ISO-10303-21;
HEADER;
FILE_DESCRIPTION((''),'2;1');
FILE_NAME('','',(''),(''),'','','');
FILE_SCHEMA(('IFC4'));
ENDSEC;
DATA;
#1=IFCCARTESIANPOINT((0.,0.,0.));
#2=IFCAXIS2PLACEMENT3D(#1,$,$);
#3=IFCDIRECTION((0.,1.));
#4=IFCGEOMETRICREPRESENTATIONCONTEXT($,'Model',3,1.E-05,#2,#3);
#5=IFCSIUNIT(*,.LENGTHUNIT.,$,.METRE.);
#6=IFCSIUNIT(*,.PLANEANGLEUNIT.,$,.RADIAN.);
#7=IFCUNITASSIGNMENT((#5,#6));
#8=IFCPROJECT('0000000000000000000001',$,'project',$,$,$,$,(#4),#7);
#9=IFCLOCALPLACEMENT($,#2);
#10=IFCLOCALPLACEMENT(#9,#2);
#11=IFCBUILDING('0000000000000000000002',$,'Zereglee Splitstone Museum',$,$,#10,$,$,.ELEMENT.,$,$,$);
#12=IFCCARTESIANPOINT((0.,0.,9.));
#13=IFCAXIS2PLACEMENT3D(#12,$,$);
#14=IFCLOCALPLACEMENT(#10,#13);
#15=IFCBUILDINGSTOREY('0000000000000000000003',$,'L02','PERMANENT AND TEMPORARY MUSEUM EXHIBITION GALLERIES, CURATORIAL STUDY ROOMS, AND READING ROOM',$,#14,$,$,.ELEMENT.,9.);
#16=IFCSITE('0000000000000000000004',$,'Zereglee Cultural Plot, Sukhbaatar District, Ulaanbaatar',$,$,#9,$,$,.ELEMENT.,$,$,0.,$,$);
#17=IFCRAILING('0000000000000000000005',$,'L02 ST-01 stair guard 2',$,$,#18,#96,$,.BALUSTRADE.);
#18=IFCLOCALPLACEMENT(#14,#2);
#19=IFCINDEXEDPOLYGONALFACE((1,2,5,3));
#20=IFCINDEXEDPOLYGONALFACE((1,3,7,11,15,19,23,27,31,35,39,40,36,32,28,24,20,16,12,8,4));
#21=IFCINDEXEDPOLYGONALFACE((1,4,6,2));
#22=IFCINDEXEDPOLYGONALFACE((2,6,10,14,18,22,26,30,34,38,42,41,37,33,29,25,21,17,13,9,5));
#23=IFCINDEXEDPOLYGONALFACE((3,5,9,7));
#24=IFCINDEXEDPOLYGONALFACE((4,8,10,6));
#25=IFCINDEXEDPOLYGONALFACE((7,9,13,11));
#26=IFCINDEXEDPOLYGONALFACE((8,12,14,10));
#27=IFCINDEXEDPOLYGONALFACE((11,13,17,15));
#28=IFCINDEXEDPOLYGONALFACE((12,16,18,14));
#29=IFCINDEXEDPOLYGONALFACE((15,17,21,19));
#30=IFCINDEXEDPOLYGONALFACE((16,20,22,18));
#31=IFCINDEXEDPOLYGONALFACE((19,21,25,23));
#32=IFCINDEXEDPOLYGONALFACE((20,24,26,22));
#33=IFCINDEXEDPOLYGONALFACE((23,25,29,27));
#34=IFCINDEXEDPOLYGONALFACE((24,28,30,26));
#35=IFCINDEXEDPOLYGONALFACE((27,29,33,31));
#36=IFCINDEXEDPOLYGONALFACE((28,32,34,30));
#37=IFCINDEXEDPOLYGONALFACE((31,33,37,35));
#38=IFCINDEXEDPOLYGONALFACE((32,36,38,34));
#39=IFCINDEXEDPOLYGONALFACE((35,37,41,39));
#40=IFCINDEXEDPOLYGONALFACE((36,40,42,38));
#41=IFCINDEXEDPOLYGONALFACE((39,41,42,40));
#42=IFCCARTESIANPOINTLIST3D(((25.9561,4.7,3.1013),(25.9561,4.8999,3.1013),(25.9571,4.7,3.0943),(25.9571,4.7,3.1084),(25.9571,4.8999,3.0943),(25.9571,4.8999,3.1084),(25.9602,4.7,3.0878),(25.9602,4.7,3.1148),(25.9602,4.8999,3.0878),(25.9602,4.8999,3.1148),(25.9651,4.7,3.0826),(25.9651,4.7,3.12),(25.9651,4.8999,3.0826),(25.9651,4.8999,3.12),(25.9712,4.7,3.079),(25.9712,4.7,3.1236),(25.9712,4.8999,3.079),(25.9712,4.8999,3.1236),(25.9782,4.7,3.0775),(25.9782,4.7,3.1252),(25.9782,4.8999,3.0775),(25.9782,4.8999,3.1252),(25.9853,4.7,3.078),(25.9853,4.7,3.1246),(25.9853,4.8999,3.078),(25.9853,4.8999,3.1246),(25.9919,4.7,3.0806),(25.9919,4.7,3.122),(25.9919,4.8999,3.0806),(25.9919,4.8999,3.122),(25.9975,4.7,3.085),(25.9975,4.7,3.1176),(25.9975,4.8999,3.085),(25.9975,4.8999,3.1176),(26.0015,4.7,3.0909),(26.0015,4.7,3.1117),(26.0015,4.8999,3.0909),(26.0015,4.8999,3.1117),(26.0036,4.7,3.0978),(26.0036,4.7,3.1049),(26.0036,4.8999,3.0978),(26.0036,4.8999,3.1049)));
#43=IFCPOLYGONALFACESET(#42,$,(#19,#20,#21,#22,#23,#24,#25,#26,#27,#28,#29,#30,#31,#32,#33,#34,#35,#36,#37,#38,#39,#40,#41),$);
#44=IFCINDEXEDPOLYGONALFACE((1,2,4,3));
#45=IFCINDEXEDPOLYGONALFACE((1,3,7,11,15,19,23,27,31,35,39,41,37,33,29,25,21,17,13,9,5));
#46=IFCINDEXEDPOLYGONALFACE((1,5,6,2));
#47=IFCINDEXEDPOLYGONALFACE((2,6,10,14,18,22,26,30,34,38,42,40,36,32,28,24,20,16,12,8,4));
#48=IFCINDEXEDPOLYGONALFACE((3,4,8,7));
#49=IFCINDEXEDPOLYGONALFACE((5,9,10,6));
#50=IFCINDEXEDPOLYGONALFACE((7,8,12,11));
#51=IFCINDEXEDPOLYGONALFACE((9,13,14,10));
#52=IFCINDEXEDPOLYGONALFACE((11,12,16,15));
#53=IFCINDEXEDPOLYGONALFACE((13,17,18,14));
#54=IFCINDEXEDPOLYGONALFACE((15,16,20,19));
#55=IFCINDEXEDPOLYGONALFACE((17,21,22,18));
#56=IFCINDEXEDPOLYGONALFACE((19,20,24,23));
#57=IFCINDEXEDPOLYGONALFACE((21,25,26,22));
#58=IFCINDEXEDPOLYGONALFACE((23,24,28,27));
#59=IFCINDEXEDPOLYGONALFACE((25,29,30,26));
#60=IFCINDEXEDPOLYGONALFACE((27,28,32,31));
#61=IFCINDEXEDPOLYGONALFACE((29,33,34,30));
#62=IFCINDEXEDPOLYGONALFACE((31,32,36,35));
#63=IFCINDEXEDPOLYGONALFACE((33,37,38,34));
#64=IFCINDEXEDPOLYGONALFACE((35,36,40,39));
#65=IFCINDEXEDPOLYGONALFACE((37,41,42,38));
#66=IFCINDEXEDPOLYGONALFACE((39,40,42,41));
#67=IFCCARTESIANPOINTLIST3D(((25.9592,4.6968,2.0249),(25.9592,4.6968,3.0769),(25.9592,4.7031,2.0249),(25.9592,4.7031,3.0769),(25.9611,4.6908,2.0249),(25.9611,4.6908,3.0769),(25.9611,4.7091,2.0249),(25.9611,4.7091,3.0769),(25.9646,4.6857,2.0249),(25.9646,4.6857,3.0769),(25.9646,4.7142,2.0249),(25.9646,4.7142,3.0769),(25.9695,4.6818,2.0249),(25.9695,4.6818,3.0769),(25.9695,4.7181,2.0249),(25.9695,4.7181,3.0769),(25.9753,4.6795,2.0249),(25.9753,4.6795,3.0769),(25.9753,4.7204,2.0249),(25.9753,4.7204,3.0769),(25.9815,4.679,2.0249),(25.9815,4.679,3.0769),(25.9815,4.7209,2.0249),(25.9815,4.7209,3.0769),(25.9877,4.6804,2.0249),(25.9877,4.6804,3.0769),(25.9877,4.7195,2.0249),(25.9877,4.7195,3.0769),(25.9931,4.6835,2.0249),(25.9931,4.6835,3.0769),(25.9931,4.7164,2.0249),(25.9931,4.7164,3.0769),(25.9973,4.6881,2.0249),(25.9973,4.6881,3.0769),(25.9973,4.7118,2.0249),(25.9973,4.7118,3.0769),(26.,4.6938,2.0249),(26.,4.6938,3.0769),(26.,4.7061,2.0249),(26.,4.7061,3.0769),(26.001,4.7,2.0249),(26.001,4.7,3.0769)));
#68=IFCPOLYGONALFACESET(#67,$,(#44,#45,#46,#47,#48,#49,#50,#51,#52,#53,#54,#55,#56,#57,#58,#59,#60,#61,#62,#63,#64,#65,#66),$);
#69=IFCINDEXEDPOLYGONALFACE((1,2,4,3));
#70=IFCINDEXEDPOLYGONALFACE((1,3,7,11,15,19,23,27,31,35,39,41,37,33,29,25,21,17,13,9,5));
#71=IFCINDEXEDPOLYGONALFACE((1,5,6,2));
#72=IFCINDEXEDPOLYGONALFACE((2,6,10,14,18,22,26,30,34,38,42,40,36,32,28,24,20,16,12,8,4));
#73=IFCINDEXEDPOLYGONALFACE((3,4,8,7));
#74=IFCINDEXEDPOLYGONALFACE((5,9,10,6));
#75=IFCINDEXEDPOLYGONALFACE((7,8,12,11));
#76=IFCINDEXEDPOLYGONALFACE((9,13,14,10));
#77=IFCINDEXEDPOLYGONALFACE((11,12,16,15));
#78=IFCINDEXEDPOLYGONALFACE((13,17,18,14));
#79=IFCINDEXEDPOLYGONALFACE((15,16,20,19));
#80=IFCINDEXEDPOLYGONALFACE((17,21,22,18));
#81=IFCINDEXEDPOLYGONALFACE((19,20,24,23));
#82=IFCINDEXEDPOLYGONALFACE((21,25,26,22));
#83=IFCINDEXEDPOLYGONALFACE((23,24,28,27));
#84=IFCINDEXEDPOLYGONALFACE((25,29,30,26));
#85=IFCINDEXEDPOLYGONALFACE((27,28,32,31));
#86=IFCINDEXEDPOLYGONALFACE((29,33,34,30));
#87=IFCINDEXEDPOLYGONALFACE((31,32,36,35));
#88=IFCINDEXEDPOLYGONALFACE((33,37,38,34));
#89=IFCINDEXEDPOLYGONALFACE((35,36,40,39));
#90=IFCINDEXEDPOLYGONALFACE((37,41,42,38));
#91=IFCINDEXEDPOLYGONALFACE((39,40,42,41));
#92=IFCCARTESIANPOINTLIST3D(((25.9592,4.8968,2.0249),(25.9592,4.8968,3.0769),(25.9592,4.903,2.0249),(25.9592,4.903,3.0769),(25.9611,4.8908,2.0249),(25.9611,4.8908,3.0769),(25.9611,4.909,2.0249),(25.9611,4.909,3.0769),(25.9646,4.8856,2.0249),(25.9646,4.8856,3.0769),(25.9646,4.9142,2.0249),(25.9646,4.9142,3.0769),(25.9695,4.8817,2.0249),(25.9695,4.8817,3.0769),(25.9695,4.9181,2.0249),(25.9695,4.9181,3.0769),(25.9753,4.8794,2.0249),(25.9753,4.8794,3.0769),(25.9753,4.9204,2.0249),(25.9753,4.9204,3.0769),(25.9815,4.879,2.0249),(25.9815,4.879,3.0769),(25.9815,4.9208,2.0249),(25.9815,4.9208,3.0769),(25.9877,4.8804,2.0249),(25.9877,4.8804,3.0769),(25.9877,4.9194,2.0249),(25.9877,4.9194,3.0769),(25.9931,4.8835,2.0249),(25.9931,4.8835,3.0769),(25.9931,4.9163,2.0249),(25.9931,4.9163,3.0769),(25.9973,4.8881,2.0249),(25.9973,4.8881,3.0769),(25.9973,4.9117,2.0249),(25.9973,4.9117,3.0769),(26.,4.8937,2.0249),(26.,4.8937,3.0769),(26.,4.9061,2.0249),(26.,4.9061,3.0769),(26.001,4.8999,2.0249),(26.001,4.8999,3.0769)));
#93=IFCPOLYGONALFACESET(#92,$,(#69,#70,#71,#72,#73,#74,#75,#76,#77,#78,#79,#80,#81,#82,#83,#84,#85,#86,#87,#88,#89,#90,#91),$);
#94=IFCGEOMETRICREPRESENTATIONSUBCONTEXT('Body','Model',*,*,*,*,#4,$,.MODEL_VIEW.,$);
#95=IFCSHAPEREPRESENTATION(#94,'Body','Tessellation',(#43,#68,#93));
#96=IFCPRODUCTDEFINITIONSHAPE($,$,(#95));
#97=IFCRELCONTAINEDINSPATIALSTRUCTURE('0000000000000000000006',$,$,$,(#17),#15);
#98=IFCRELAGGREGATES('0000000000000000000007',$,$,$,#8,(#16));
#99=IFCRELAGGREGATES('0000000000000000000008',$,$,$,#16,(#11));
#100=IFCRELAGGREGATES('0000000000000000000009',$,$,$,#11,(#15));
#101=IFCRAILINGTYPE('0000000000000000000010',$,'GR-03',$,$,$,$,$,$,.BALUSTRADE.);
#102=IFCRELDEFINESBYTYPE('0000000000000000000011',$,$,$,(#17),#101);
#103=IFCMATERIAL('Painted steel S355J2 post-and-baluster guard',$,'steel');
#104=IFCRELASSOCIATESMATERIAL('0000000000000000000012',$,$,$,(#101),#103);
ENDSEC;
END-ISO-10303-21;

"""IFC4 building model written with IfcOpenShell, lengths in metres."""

from ifc_helpers import new_model, si_unit, direction, frame, origin, origin_2d, place, context, subcontext, project, spatial, circle, extrude, material, type_object, element, save


model = new_model("IFC4")

# Units and contexts
model_context = context("Model", 3, precision=1e-05, world=origin(), true_north=direction((0.0, 1.0)))
body_context = subcontext(model_context, "Body", "Model", "MODEL_VIEW")
ifc_project = project(units=[si_unit("LENGTHUNIT", "METRE"), si_unit("PLANEANGLEUNIT", "RADIAN")], contexts=[model_context])

# Site, building, storey
site_placement = place(None, origin())
site = spatial("IfcSite", under=ifc_project, at=site_placement, Name="Zereglee Cultural Plot, Sukhbaatar District, Ulaanbaatar", CompositionType="ELEMENT", RefElevation=0.0)
building_placement = place(site_placement, origin())
building = spatial("IfcBuilding", under=site, at=building_placement, Name="Zereglee Splitstone Museum", CompositionType="ELEMENT")
storey_placement = place(building_placement, frame((0.0, 0.0, 9.0)))
storey = spatial("IfcBuildingStorey", under=building, at=storey_placement, Name="L02", Description="PERMANENT AND TEMPORARY MUSEUM EXHIBITION GALLERIES, CURATORIAL STUDY ROOMS, AND READING ROOM", CompositionType="ELEMENT", Elevation=9.0)

# Railing
ifc_material_1 = material(Name="Painted steel S355J2 post-and-baluster guard", Category="steel")
railing_type_1 = type_object("IfcRailingType", Name="GR-03", PredefinedType="BALUSTRADE", material=ifc_material_1)
railing_1_placement = place(storey_placement, frame((25.98, 4.7, 2.0249)))
element("IfcRailing", 1, at=railing_1_placement, inside=storey, type_object=railing_type_1, Name="L02 ST-01 stair guard 2", PredefinedType="BALUSTRADE", context=body_context, shape_type="SweptSolid", body=[
    extrude(circle(Radius=0.0239, at=origin_2d()), frame((0.0, 0.0, 1.0764), z_axis=(0.0, 1.0, 0.0), x_axis=(-1.0, 0.0, 0.0)), (0.0, 0.0, 1.0), 0.2),
    extrude(circle(Radius=0.021, at=origin_2d()), origin(), (0.0, 0.0, 1.0), 1.052),
    extrude(circle(Radius=0.021, at=origin_2d()), frame((0.0, 0.2, 0.0)), (0.0, 0.0, 1.0), 1.052),
])

save(model, "model.ifc")
